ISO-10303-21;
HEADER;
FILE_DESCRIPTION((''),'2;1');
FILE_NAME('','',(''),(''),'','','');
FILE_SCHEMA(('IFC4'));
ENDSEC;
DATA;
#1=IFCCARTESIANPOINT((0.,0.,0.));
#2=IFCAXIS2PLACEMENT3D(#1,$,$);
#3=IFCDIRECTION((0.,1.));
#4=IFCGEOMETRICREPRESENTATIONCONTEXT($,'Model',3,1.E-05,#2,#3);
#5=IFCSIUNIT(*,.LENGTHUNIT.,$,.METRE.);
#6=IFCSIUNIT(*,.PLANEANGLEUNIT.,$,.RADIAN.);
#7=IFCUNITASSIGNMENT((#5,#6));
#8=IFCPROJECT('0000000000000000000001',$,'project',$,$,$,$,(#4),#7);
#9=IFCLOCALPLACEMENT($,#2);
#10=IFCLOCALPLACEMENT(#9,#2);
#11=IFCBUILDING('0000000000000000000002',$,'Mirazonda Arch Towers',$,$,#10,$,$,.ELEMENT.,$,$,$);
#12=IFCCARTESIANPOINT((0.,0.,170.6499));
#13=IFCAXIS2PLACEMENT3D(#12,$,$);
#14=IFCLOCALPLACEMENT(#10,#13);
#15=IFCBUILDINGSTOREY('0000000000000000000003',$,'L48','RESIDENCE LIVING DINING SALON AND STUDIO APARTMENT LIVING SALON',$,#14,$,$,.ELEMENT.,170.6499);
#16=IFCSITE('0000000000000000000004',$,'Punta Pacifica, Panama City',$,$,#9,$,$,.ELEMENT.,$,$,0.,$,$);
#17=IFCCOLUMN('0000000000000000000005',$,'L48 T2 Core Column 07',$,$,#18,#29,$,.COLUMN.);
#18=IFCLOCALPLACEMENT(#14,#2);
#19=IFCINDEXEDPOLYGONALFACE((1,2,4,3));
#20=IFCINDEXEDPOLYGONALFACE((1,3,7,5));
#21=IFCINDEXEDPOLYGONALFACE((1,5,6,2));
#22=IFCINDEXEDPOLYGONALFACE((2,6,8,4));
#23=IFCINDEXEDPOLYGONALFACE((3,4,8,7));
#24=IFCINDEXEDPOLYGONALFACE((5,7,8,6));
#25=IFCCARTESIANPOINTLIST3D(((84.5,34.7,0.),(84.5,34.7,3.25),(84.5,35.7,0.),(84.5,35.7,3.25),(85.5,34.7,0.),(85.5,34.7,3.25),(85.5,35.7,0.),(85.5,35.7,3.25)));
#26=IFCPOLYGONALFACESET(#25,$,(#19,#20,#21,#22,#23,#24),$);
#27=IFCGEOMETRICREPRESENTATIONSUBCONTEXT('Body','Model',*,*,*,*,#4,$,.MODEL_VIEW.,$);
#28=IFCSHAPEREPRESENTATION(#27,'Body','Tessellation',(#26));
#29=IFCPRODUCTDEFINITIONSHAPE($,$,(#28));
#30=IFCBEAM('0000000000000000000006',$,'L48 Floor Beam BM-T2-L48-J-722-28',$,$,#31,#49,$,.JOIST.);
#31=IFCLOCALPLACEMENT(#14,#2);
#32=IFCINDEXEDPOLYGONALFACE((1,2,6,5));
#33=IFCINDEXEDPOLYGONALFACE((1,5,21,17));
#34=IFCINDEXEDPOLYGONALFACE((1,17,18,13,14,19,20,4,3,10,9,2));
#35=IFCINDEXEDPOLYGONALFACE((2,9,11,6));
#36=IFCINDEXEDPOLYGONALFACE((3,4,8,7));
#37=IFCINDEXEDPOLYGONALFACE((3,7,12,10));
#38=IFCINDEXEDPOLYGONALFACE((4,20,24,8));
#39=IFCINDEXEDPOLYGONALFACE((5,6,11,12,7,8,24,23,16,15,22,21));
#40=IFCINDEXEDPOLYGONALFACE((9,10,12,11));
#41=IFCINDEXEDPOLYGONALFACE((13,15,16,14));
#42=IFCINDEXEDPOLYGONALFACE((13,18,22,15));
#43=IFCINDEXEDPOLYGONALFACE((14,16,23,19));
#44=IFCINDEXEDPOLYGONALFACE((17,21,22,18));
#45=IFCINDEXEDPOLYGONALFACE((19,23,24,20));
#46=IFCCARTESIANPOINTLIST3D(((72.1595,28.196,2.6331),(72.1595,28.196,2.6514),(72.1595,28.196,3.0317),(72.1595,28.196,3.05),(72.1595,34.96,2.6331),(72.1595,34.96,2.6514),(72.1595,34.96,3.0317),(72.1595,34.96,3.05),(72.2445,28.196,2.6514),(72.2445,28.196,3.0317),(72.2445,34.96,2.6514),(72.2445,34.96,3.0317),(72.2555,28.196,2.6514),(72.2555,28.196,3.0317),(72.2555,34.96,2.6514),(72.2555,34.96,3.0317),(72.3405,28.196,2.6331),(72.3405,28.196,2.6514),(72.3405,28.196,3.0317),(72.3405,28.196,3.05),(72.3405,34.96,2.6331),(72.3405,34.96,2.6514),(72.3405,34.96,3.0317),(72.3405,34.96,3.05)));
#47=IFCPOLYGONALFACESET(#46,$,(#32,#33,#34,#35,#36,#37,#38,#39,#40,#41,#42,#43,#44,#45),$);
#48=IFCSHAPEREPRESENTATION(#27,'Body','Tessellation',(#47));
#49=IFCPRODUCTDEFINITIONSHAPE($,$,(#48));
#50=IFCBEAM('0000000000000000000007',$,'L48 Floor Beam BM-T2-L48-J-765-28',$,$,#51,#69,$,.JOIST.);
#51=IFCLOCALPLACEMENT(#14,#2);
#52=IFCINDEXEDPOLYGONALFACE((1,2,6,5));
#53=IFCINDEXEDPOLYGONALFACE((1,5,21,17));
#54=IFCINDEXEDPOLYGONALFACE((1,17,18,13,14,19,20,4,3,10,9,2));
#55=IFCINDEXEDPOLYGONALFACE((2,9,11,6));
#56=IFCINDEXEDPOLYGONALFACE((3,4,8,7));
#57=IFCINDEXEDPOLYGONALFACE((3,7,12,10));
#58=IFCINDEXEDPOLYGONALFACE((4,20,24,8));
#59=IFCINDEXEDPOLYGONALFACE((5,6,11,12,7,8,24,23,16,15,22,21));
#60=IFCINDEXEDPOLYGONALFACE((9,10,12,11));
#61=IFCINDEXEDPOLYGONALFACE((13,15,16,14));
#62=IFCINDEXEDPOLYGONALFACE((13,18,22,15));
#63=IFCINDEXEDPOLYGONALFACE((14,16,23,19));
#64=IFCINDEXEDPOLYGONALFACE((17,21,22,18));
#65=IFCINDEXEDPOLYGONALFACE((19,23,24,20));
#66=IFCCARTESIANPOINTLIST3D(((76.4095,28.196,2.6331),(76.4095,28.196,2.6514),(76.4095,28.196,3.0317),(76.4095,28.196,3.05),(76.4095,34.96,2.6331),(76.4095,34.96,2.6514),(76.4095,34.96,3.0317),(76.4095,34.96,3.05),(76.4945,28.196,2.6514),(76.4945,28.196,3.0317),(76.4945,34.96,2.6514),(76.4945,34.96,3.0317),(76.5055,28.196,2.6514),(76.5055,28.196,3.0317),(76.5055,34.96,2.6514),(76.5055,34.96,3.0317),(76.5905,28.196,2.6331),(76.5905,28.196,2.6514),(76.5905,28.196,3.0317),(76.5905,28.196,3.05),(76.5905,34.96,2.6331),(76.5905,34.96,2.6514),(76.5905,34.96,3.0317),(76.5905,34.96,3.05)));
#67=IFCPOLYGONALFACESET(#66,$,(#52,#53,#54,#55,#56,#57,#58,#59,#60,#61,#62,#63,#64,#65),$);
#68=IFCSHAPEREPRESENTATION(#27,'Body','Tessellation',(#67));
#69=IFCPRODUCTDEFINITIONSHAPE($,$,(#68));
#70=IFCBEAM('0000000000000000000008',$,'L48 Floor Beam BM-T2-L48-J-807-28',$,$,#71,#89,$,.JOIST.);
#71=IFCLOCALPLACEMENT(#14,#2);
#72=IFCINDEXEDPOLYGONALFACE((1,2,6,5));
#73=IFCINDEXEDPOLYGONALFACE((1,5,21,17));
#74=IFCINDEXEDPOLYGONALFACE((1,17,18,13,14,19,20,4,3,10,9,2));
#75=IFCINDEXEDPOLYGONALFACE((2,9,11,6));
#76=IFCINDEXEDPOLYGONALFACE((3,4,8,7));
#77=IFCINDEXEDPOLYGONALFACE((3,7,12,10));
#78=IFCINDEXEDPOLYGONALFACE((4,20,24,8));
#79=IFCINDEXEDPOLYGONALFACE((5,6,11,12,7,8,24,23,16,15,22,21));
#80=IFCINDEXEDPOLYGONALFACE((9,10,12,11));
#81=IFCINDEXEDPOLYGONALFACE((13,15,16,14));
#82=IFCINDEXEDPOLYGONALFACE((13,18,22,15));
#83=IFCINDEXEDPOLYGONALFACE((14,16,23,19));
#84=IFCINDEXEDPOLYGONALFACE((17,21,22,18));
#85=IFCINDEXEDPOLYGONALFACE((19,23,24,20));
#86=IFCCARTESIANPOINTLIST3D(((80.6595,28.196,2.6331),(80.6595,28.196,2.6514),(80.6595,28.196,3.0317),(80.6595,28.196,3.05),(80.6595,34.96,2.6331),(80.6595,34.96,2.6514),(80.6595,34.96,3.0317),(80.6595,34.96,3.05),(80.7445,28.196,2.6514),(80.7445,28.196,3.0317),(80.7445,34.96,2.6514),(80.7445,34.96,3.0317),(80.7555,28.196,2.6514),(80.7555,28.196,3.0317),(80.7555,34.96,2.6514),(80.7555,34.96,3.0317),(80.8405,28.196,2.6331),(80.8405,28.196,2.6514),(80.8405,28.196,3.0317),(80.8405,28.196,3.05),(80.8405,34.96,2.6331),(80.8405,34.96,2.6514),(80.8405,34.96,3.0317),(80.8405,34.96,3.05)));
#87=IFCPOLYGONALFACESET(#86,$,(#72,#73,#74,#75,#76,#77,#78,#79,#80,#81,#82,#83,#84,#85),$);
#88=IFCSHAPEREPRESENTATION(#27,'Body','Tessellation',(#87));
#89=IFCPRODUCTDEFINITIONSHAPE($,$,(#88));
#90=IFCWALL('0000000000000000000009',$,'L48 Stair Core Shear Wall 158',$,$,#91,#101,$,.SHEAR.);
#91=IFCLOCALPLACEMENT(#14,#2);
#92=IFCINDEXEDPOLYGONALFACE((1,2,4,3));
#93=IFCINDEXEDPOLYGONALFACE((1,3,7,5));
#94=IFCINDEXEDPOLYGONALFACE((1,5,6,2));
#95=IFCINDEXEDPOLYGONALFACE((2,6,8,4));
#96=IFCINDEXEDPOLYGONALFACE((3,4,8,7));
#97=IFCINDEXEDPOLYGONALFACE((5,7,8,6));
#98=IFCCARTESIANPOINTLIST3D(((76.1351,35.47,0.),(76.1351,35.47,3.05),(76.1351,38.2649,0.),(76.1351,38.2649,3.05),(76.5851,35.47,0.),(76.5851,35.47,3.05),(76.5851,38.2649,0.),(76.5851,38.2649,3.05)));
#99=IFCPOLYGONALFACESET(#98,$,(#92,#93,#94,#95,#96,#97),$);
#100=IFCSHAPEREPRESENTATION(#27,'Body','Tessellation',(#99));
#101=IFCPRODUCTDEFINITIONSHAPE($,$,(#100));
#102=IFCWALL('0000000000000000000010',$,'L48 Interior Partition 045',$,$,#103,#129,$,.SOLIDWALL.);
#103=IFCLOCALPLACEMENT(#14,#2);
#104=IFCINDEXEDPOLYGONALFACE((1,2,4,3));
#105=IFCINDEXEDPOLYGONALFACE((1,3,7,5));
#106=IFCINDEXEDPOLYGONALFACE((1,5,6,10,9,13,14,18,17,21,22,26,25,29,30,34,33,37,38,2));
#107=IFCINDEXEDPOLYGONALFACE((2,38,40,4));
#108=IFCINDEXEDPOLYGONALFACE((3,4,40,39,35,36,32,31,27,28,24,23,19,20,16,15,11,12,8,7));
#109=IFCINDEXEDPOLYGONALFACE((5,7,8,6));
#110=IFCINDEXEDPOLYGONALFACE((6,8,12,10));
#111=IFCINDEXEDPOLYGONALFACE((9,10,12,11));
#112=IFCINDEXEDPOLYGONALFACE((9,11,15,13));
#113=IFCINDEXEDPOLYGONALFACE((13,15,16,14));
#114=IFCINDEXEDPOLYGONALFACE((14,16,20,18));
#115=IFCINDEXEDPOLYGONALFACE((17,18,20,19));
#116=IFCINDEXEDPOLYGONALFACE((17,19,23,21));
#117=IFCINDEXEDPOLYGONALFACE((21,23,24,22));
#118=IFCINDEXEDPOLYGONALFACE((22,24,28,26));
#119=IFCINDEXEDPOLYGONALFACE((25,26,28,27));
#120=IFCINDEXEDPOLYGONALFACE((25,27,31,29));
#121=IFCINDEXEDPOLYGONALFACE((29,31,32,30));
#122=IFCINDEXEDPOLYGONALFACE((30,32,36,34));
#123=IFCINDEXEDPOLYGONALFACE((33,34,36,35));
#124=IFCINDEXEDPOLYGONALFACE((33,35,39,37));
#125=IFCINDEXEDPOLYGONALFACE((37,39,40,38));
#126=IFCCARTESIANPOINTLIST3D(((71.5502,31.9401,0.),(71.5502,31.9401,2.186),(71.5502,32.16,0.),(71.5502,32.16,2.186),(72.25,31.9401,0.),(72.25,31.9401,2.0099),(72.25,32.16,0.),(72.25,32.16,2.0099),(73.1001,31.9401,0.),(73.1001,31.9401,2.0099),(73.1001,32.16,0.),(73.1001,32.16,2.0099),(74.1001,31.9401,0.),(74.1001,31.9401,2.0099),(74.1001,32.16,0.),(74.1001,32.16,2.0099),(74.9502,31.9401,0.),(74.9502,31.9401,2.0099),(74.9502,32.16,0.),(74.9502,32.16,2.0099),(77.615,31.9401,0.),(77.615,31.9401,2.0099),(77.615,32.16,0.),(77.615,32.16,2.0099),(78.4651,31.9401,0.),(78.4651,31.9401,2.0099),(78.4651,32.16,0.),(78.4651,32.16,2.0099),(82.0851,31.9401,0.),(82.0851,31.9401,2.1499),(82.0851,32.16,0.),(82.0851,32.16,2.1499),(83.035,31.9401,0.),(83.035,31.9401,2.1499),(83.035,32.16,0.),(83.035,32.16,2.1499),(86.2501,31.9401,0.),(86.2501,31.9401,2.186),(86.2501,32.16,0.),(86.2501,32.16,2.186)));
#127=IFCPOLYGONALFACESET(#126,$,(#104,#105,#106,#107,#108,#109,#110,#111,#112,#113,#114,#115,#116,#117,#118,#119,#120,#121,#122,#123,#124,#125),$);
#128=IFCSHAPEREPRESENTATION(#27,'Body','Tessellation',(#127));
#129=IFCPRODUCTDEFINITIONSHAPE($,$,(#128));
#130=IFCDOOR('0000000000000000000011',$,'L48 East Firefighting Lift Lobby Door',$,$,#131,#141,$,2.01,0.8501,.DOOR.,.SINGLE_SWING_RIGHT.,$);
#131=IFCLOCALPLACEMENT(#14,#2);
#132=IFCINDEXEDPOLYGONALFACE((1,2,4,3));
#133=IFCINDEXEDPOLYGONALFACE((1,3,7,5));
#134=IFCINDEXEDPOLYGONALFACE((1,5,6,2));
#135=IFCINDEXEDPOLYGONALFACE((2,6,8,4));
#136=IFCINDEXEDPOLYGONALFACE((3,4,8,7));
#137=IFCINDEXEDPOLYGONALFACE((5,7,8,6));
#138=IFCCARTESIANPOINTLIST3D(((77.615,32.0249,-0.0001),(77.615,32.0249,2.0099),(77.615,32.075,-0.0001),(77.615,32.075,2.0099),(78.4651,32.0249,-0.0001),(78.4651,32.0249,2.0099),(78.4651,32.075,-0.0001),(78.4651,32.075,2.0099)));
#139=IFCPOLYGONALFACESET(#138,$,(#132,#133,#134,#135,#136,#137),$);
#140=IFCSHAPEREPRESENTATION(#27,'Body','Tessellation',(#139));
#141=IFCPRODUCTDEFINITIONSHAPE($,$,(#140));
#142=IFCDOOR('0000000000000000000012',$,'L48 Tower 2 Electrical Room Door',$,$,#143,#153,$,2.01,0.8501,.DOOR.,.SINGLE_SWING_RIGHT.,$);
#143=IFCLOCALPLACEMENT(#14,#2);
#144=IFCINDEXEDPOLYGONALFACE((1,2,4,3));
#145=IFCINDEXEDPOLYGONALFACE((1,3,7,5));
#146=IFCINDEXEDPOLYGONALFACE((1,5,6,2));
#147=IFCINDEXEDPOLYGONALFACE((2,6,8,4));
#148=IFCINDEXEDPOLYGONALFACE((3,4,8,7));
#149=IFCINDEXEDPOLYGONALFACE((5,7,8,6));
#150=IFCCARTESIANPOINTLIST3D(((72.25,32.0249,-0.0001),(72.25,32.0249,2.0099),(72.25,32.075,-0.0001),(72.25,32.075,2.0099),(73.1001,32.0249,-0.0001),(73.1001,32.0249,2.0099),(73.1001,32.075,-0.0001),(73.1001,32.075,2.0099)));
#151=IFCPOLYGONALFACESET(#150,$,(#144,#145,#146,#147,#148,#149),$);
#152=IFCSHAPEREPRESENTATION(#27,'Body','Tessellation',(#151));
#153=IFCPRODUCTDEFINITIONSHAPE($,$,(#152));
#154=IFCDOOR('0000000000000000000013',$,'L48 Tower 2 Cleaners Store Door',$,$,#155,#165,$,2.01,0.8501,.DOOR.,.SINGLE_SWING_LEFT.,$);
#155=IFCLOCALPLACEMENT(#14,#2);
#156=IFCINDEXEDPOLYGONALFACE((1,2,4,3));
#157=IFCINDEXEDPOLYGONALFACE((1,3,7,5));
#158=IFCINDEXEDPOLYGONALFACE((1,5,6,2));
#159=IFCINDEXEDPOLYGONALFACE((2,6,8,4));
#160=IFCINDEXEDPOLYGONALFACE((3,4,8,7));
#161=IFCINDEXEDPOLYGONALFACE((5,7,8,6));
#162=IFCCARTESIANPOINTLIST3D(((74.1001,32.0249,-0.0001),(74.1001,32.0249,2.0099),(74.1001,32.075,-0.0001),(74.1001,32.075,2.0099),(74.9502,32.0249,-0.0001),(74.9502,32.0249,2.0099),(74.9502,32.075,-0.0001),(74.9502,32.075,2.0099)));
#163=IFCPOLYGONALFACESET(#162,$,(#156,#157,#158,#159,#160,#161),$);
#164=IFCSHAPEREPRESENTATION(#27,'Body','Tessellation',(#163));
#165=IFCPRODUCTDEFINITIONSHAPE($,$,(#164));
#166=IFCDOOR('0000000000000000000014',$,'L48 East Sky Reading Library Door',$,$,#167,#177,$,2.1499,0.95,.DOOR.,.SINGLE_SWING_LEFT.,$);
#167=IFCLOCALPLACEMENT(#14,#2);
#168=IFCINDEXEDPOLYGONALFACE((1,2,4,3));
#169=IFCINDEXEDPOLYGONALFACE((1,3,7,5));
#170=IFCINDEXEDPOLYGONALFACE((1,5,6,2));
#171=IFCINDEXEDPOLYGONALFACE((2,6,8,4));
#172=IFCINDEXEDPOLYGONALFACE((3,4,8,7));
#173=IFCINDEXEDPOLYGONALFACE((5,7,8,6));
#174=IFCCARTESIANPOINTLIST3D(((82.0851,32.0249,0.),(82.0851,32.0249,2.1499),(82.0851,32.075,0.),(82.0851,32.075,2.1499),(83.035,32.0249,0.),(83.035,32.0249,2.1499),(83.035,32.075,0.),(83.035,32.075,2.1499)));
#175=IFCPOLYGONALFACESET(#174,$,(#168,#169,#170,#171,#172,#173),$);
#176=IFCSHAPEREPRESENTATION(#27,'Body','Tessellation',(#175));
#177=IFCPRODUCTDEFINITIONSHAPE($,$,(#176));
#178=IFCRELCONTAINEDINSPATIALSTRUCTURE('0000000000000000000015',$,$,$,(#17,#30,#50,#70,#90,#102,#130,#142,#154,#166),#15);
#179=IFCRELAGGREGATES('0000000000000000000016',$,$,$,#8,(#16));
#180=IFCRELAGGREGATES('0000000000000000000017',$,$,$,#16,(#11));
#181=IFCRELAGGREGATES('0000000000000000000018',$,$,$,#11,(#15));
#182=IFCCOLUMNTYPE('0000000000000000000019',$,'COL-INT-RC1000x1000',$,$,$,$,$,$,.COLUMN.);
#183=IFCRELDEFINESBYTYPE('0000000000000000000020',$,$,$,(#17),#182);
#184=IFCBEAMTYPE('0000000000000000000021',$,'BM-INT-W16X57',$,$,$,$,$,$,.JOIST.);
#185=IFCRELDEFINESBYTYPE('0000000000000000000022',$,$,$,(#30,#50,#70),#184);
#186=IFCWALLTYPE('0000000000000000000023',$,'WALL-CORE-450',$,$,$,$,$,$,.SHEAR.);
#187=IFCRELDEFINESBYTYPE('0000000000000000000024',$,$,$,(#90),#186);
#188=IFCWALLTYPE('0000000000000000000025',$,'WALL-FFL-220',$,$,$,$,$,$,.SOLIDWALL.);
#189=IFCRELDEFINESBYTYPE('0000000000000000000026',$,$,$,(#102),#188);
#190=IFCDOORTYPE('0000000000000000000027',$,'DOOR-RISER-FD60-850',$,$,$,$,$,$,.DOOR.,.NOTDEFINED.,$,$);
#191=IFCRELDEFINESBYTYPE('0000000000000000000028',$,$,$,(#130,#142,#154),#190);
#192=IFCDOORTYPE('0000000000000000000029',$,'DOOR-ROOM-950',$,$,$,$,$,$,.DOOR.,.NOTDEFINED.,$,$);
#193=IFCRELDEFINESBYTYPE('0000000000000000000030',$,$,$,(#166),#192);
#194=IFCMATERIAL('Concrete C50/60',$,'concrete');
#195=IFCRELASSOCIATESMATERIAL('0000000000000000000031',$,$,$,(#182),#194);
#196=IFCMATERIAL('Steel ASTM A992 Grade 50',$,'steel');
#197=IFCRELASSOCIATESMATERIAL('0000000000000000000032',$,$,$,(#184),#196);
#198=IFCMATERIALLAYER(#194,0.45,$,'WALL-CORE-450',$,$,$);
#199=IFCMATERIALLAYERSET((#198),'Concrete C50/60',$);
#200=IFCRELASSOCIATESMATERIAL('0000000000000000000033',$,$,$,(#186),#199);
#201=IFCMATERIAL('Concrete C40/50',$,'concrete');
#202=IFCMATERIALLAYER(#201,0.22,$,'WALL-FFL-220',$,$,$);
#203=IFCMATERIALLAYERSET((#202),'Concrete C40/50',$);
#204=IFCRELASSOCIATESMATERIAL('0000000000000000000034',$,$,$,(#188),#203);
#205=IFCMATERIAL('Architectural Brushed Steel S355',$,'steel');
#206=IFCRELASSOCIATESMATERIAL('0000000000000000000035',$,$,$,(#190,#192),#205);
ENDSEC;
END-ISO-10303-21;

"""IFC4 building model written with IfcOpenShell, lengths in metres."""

from ifc_helpers import new_model, si_unit, direction, frame, frame_2d, origin, origin_2d, place, context, subcontext, project, spatial, rectangle, i_section, extrude, material, layer, layer_set, material_profile, profile_set, type_object, element, fill, save


model = new_model("IFC4")

# Units and contexts
model_context = context("Model", 3, precision=1e-05, world=origin(), true_north=direction((0.0, 1.0)))
body_context = subcontext(model_context, "Body", "Model", "MODEL_VIEW")
ifc_project = project(units=[si_unit("LENGTHUNIT", "METRE"), si_unit("PLANEANGLEUNIT", "RADIAN")], contexts=[model_context])

# Site, building, storey
site_placement = place(None, origin())
site = spatial("IfcSite", under=ifc_project, at=site_placement, Name="Punta Pacifica, Panama City", CompositionType="ELEMENT", RefElevation=0.0)
building_placement = place(site_placement, origin())
building = spatial("IfcBuilding", under=site, at=building_placement, Name="Mirazonda Arch Towers", CompositionType="ELEMENT")
storey_placement = place(building_placement, frame((0.0, 0.0, 170.6499)))
storey = spatial("IfcBuildingStorey", under=building, at=storey_placement, Name="L48", Description="RESIDENCE LIVING DINING SALON AND STUDIO APARTMENT LIVING SALON", CompositionType="ELEMENT", Elevation=170.6499)

# Column
ifc_material_1 = material(Name="Concrete C50/60", Category="concrete")
ifc_material_profile_1 = material_profile(ifc_material_1, rectangle(XDim=1.0, YDim=1.0, at=origin_2d()), Name="RC1000x1000")
ifc_profile_set_1 = profile_set([ifc_material_profile_1], Name="Concrete C50/60")
column_type = type_object("IfcColumnType", Name="COL-INT-RC1000x1000", PredefinedType="COLUMN", material=ifc_profile_set_1)
column_placement = place(storey_placement, frame((85.0, 35.2, 0.0), z_axis=(0.0, 0.0, 1.0), x_axis=(1.0, 0.0, 0.0)))
element("IfcColumn", 1, at=column_placement, inside=storey, type_object=column_type, Name="L48 T2 Core Column 07", PredefinedType="COLUMN", context=body_context, shape_type="SweptSolid", body=[
    extrude(rectangle(XDim=1.0, YDim=1.0, at=origin_2d()), origin(), (0.0, 0.0, 1.0), 3.25),
])

# Beams
ifc_material_2 = material(Name="Steel ASTM A992 Grade 50", Category="steel")
ifc_material_profile_2 = material_profile(ifc_material_2, i_section(OverallWidth=0.1809, OverallDepth=0.417, WebThickness=0.011, FlangeThickness=0.0183, at=origin_2d()), Name="W16X57")
ifc_profile_set_2 = profile_set([ifc_material_profile_2], Name="Steel ASTM A992 Grade 50")
beam_type = type_object("IfcBeamType", Name="BM-INT-W16X57", PredefinedType="JOIST", material=ifc_profile_set_2)
for number, where, z_axis, x_axis, name in (
    (2, (72.25, 28.196, 2.8416), (0.0, 1.0, 0.0), (-1.0, 0.0, 0.0), "L48 Floor Beam BM-T2-L48-J-722-28"),
    (3, (76.5, 28.196, 2.8416), (0.0, 1.0, 0.0), (-1.0, 0.0, 0.0), "L48 Floor Beam BM-T2-L48-J-765-28"),
    (4, (80.75, 28.196, 2.8416), (0.0, 1.0, 0.0), (-1.0, 0.0, 0.0), "L48 Floor Beam BM-T2-L48-J-807-28"),
):
    element("IfcBeam", number, at=place(storey_placement, frame(where, z_axis=z_axis, x_axis=x_axis)), inside=storey, type_object=beam_type, Name=name, PredefinedType="JOIST", context=body_context, shape_type="SweptSolid", body=[
        extrude(i_section(OverallWidth=0.1809, OverallDepth=0.417, WebThickness=0.011, FlangeThickness=0.0183, at=origin_2d()), origin(), (0.0, 0.0, 1.0), 6.7639),
    ])

# Wall
ifc_layer_1 = layer(ifc_material_1, 0.45, Name="WALL-CORE-450")
ifc_layer_set_1 = layer_set([ifc_layer_1], Name="Concrete C50/60")
wall_type_1 = type_object("IfcWallType", Name="WALL-CORE-450", PredefinedType="SHEAR", material=ifc_layer_set_1)
wall_1_placement = place(storey_placement, frame((76.3601, 35.47, 0.0), z_axis=(0.0, 0.0, 1.0), x_axis=(0.0, 1.0, 0.0)))
element("IfcWall", 5, at=wall_1_placement, inside=storey, type_object=wall_type_1, Name="L48 Stair Core Shear Wall 158", PredefinedType="SHEAR", context=body_context, shape_type="SweptSolid", body=[
    extrude(rectangle(XDim=2.7949, YDim=0.45, at=frame_2d((1.3975, 0.0))), origin(), (0.0, 0.0, 1.0), 3.05),
])

# Wall, openings, doors
ifc_material_3 = material(Name="Concrete C40/50", Category="concrete")
ifc_layer_2 = layer(ifc_material_3, 0.22, Name="WALL-FFL-220")
ifc_layer_set_2 = layer_set([ifc_layer_2], Name="Concrete C40/50")
wall_type_2 = type_object("IfcWallType", Name="WALL-FFL-220", PredefinedType="SOLIDWALL", material=ifc_layer_set_2)
wall_2_placement = place(storey_placement, frame((71.55, 32.05, 0.0), z_axis=(0.0, 0.0, 1.0), x_axis=(1.0, 0.0, 0.0)))
wall_2 = element("IfcWall", 6, at=wall_2_placement, inside=storey, type_object=wall_type_2, Name="L48 Interior Partition 045", PredefinedType="SOLIDWALL", context=body_context, shape_type="SweptSolid", body=[
    extrude(rectangle(XDim=14.7, YDim=0.22, at=frame_2d((7.3501, 0.0))), origin(), (0.0, 0.0, 1.0), 2.186),
])
opening_1_placement = place(wall_2_placement, frame((6.0649, 0.0, 0.0)))
opening_1 = element("IfcOpeningElement", 7, at=opening_1_placement, cuts=wall_2, PredefinedType="OPENING", context=body_context, shape_type="SweptSolid", body=[
    extrude(rectangle(XDim=0.8501, YDim=2.01, at=frame_2d((0.425, 1.0049))), frame((0.0, 0.1199, 0.0), z_axis=(0.0, -1.0, 0.0), x_axis=(1.0, 0.0, 0.0)), (0.0, 0.0, 1.0), 0.24),
])
opening_2_placement = place(wall_2_placement, frame((10.5349, 0.0, 0.0)))
opening_2 = element("IfcOpeningElement", 8, at=opening_2_placement, cuts=wall_2, PredefinedType="OPENING", context=body_context, shape_type="SweptSolid", body=[
    extrude(rectangle(XDim=0.95, YDim=2.1499, at=frame_2d((0.4751, 1.075))), frame((0.0, 0.1199, 0.0), z_axis=(0.0, -1.0, 0.0), x_axis=(1.0, 0.0, 0.0)), (0.0, 0.0, 1.0), 0.24),
])
opening_3_placement = place(wall_2_placement, frame((0.7, 0.0, 0.0)))
opening_3 = element("IfcOpeningElement", 9, at=opening_3_placement, cuts=wall_2, PredefinedType="OPENING", context=body_context, shape_type="SweptSolid", body=[
    extrude(rectangle(XDim=0.8501, YDim=2.01, at=frame_2d((0.425, 1.0049))), frame((0.0, 0.1199, 0.0), z_axis=(0.0, -1.0, 0.0), x_axis=(1.0, 0.0, 0.0)), (0.0, 0.0, 1.0), 0.24),
])
opening_4_placement = place(wall_2_placement, frame((2.55, 0.0, 0.0)))
opening_4 = element("IfcOpeningElement", 10, at=opening_4_placement, cuts=wall_2, PredefinedType="OPENING", context=body_context, shape_type="SweptSolid", body=[
    extrude(rectangle(XDim=0.8501, YDim=2.01, at=frame_2d((0.425, 1.0049))), frame((0.0, 0.1199, 0.0), z_axis=(0.0, -1.0, 0.0), x_axis=(1.0, 0.0, 0.0)), (0.0, 0.0, 1.0), 0.24),
])
ifc_material_4 = material(Name="Architectural Brushed Steel S355", Category="steel")
door_type_1 = type_object("IfcDoorType", Name="DOOR-RISER-FD60-850", OperationType="NOTDEFINED", PredefinedType="DOOR", material=ifc_material_4)
door_1_placement = place(opening_1_placement, origin())
door_1 = element("IfcDoor", 11, at=door_1_placement, inside=storey, type_object=door_type_1, Name="L48 East Firefighting Lift Lobby Door", OperationType="SINGLE_SWING_RIGHT", OverallHeight=2.01, OverallWidth=0.8501, PredefinedType="DOOR", context=body_context, shape_type="SweptSolid", body=[
    extrude(rectangle(XDim=0.8501, YDim=2.01, at=frame_2d((0.425, 1.0049))), frame((0.0, 0.0249, 0.0), z_axis=(0.0, -1.0, 0.0), x_axis=(1.0, 0.0, 0.0)), (0.0, 0.0, 1.0), 0.05),
])
fill(opening_1, door_1)
door_2_placement = place(opening_3_placement, origin())
door_2 = element("IfcDoor", 12, at=door_2_placement, inside=storey, type_object=door_type_1, Name="L48 Tower 2 Electrical Room Door", OperationType="SINGLE_SWING_RIGHT", OverallHeight=2.01, OverallWidth=0.8501, PredefinedType="DOOR", context=body_context, shape_type="SweptSolid", body=[
    extrude(rectangle(XDim=0.8501, YDim=2.01, at=frame_2d((0.425, 1.0049))), frame((0.0, 0.0249, 0.0), z_axis=(0.0, -1.0, 0.0), x_axis=(1.0, 0.0, 0.0)), (0.0, 0.0, 1.0), 0.05),
])
fill(opening_3, door_2)
door_3_placement = place(opening_4_placement, origin())
door_3 = element("IfcDoor", 13, at=door_3_placement, inside=storey, type_object=door_type_1, Name="L48 Tower 2 Cleaners Store Door", OperationType="SINGLE_SWING_LEFT", OverallHeight=2.01, OverallWidth=0.8501, PredefinedType="DOOR", context=body_context, shape_type="SweptSolid", body=[
    extrude(rectangle(XDim=0.8501, YDim=2.01, at=frame_2d((0.425, 1.0049))), frame((0.0, 0.0249, 0.0), z_axis=(0.0, -1.0, 0.0), x_axis=(1.0, 0.0, 0.0)), (0.0, 0.0, 1.0), 0.05),
])
fill(opening_4, door_3)
door_type_2 = type_object("IfcDoorType", Name="DOOR-ROOM-950", OperationType="NOTDEFINED", PredefinedType="DOOR", material=ifc_material_4)
door_4_placement = place(opening_2_placement, origin())
door_4 = element("IfcDoor", 14, at=door_4_placement, inside=storey, type_object=door_type_2, Name="L48 East Sky Reading Library Door", OperationType="SINGLE_SWING_LEFT", OverallHeight=2.1499, OverallWidth=0.95, PredefinedType="DOOR", context=body_context, shape_type="SweptSolid", body=[
    extrude(rectangle(XDim=0.95, YDim=2.1499, at=frame_2d((0.4751, 1.075))), frame((0.0, 0.0249, 0.0), z_axis=(0.0, -1.0, 0.0), x_axis=(1.0, 0.0, 0.0)), (0.0, 0.0, 1.0), 0.05),
])
fill(opening_2, door_4)

save(model, "model.ifc")
